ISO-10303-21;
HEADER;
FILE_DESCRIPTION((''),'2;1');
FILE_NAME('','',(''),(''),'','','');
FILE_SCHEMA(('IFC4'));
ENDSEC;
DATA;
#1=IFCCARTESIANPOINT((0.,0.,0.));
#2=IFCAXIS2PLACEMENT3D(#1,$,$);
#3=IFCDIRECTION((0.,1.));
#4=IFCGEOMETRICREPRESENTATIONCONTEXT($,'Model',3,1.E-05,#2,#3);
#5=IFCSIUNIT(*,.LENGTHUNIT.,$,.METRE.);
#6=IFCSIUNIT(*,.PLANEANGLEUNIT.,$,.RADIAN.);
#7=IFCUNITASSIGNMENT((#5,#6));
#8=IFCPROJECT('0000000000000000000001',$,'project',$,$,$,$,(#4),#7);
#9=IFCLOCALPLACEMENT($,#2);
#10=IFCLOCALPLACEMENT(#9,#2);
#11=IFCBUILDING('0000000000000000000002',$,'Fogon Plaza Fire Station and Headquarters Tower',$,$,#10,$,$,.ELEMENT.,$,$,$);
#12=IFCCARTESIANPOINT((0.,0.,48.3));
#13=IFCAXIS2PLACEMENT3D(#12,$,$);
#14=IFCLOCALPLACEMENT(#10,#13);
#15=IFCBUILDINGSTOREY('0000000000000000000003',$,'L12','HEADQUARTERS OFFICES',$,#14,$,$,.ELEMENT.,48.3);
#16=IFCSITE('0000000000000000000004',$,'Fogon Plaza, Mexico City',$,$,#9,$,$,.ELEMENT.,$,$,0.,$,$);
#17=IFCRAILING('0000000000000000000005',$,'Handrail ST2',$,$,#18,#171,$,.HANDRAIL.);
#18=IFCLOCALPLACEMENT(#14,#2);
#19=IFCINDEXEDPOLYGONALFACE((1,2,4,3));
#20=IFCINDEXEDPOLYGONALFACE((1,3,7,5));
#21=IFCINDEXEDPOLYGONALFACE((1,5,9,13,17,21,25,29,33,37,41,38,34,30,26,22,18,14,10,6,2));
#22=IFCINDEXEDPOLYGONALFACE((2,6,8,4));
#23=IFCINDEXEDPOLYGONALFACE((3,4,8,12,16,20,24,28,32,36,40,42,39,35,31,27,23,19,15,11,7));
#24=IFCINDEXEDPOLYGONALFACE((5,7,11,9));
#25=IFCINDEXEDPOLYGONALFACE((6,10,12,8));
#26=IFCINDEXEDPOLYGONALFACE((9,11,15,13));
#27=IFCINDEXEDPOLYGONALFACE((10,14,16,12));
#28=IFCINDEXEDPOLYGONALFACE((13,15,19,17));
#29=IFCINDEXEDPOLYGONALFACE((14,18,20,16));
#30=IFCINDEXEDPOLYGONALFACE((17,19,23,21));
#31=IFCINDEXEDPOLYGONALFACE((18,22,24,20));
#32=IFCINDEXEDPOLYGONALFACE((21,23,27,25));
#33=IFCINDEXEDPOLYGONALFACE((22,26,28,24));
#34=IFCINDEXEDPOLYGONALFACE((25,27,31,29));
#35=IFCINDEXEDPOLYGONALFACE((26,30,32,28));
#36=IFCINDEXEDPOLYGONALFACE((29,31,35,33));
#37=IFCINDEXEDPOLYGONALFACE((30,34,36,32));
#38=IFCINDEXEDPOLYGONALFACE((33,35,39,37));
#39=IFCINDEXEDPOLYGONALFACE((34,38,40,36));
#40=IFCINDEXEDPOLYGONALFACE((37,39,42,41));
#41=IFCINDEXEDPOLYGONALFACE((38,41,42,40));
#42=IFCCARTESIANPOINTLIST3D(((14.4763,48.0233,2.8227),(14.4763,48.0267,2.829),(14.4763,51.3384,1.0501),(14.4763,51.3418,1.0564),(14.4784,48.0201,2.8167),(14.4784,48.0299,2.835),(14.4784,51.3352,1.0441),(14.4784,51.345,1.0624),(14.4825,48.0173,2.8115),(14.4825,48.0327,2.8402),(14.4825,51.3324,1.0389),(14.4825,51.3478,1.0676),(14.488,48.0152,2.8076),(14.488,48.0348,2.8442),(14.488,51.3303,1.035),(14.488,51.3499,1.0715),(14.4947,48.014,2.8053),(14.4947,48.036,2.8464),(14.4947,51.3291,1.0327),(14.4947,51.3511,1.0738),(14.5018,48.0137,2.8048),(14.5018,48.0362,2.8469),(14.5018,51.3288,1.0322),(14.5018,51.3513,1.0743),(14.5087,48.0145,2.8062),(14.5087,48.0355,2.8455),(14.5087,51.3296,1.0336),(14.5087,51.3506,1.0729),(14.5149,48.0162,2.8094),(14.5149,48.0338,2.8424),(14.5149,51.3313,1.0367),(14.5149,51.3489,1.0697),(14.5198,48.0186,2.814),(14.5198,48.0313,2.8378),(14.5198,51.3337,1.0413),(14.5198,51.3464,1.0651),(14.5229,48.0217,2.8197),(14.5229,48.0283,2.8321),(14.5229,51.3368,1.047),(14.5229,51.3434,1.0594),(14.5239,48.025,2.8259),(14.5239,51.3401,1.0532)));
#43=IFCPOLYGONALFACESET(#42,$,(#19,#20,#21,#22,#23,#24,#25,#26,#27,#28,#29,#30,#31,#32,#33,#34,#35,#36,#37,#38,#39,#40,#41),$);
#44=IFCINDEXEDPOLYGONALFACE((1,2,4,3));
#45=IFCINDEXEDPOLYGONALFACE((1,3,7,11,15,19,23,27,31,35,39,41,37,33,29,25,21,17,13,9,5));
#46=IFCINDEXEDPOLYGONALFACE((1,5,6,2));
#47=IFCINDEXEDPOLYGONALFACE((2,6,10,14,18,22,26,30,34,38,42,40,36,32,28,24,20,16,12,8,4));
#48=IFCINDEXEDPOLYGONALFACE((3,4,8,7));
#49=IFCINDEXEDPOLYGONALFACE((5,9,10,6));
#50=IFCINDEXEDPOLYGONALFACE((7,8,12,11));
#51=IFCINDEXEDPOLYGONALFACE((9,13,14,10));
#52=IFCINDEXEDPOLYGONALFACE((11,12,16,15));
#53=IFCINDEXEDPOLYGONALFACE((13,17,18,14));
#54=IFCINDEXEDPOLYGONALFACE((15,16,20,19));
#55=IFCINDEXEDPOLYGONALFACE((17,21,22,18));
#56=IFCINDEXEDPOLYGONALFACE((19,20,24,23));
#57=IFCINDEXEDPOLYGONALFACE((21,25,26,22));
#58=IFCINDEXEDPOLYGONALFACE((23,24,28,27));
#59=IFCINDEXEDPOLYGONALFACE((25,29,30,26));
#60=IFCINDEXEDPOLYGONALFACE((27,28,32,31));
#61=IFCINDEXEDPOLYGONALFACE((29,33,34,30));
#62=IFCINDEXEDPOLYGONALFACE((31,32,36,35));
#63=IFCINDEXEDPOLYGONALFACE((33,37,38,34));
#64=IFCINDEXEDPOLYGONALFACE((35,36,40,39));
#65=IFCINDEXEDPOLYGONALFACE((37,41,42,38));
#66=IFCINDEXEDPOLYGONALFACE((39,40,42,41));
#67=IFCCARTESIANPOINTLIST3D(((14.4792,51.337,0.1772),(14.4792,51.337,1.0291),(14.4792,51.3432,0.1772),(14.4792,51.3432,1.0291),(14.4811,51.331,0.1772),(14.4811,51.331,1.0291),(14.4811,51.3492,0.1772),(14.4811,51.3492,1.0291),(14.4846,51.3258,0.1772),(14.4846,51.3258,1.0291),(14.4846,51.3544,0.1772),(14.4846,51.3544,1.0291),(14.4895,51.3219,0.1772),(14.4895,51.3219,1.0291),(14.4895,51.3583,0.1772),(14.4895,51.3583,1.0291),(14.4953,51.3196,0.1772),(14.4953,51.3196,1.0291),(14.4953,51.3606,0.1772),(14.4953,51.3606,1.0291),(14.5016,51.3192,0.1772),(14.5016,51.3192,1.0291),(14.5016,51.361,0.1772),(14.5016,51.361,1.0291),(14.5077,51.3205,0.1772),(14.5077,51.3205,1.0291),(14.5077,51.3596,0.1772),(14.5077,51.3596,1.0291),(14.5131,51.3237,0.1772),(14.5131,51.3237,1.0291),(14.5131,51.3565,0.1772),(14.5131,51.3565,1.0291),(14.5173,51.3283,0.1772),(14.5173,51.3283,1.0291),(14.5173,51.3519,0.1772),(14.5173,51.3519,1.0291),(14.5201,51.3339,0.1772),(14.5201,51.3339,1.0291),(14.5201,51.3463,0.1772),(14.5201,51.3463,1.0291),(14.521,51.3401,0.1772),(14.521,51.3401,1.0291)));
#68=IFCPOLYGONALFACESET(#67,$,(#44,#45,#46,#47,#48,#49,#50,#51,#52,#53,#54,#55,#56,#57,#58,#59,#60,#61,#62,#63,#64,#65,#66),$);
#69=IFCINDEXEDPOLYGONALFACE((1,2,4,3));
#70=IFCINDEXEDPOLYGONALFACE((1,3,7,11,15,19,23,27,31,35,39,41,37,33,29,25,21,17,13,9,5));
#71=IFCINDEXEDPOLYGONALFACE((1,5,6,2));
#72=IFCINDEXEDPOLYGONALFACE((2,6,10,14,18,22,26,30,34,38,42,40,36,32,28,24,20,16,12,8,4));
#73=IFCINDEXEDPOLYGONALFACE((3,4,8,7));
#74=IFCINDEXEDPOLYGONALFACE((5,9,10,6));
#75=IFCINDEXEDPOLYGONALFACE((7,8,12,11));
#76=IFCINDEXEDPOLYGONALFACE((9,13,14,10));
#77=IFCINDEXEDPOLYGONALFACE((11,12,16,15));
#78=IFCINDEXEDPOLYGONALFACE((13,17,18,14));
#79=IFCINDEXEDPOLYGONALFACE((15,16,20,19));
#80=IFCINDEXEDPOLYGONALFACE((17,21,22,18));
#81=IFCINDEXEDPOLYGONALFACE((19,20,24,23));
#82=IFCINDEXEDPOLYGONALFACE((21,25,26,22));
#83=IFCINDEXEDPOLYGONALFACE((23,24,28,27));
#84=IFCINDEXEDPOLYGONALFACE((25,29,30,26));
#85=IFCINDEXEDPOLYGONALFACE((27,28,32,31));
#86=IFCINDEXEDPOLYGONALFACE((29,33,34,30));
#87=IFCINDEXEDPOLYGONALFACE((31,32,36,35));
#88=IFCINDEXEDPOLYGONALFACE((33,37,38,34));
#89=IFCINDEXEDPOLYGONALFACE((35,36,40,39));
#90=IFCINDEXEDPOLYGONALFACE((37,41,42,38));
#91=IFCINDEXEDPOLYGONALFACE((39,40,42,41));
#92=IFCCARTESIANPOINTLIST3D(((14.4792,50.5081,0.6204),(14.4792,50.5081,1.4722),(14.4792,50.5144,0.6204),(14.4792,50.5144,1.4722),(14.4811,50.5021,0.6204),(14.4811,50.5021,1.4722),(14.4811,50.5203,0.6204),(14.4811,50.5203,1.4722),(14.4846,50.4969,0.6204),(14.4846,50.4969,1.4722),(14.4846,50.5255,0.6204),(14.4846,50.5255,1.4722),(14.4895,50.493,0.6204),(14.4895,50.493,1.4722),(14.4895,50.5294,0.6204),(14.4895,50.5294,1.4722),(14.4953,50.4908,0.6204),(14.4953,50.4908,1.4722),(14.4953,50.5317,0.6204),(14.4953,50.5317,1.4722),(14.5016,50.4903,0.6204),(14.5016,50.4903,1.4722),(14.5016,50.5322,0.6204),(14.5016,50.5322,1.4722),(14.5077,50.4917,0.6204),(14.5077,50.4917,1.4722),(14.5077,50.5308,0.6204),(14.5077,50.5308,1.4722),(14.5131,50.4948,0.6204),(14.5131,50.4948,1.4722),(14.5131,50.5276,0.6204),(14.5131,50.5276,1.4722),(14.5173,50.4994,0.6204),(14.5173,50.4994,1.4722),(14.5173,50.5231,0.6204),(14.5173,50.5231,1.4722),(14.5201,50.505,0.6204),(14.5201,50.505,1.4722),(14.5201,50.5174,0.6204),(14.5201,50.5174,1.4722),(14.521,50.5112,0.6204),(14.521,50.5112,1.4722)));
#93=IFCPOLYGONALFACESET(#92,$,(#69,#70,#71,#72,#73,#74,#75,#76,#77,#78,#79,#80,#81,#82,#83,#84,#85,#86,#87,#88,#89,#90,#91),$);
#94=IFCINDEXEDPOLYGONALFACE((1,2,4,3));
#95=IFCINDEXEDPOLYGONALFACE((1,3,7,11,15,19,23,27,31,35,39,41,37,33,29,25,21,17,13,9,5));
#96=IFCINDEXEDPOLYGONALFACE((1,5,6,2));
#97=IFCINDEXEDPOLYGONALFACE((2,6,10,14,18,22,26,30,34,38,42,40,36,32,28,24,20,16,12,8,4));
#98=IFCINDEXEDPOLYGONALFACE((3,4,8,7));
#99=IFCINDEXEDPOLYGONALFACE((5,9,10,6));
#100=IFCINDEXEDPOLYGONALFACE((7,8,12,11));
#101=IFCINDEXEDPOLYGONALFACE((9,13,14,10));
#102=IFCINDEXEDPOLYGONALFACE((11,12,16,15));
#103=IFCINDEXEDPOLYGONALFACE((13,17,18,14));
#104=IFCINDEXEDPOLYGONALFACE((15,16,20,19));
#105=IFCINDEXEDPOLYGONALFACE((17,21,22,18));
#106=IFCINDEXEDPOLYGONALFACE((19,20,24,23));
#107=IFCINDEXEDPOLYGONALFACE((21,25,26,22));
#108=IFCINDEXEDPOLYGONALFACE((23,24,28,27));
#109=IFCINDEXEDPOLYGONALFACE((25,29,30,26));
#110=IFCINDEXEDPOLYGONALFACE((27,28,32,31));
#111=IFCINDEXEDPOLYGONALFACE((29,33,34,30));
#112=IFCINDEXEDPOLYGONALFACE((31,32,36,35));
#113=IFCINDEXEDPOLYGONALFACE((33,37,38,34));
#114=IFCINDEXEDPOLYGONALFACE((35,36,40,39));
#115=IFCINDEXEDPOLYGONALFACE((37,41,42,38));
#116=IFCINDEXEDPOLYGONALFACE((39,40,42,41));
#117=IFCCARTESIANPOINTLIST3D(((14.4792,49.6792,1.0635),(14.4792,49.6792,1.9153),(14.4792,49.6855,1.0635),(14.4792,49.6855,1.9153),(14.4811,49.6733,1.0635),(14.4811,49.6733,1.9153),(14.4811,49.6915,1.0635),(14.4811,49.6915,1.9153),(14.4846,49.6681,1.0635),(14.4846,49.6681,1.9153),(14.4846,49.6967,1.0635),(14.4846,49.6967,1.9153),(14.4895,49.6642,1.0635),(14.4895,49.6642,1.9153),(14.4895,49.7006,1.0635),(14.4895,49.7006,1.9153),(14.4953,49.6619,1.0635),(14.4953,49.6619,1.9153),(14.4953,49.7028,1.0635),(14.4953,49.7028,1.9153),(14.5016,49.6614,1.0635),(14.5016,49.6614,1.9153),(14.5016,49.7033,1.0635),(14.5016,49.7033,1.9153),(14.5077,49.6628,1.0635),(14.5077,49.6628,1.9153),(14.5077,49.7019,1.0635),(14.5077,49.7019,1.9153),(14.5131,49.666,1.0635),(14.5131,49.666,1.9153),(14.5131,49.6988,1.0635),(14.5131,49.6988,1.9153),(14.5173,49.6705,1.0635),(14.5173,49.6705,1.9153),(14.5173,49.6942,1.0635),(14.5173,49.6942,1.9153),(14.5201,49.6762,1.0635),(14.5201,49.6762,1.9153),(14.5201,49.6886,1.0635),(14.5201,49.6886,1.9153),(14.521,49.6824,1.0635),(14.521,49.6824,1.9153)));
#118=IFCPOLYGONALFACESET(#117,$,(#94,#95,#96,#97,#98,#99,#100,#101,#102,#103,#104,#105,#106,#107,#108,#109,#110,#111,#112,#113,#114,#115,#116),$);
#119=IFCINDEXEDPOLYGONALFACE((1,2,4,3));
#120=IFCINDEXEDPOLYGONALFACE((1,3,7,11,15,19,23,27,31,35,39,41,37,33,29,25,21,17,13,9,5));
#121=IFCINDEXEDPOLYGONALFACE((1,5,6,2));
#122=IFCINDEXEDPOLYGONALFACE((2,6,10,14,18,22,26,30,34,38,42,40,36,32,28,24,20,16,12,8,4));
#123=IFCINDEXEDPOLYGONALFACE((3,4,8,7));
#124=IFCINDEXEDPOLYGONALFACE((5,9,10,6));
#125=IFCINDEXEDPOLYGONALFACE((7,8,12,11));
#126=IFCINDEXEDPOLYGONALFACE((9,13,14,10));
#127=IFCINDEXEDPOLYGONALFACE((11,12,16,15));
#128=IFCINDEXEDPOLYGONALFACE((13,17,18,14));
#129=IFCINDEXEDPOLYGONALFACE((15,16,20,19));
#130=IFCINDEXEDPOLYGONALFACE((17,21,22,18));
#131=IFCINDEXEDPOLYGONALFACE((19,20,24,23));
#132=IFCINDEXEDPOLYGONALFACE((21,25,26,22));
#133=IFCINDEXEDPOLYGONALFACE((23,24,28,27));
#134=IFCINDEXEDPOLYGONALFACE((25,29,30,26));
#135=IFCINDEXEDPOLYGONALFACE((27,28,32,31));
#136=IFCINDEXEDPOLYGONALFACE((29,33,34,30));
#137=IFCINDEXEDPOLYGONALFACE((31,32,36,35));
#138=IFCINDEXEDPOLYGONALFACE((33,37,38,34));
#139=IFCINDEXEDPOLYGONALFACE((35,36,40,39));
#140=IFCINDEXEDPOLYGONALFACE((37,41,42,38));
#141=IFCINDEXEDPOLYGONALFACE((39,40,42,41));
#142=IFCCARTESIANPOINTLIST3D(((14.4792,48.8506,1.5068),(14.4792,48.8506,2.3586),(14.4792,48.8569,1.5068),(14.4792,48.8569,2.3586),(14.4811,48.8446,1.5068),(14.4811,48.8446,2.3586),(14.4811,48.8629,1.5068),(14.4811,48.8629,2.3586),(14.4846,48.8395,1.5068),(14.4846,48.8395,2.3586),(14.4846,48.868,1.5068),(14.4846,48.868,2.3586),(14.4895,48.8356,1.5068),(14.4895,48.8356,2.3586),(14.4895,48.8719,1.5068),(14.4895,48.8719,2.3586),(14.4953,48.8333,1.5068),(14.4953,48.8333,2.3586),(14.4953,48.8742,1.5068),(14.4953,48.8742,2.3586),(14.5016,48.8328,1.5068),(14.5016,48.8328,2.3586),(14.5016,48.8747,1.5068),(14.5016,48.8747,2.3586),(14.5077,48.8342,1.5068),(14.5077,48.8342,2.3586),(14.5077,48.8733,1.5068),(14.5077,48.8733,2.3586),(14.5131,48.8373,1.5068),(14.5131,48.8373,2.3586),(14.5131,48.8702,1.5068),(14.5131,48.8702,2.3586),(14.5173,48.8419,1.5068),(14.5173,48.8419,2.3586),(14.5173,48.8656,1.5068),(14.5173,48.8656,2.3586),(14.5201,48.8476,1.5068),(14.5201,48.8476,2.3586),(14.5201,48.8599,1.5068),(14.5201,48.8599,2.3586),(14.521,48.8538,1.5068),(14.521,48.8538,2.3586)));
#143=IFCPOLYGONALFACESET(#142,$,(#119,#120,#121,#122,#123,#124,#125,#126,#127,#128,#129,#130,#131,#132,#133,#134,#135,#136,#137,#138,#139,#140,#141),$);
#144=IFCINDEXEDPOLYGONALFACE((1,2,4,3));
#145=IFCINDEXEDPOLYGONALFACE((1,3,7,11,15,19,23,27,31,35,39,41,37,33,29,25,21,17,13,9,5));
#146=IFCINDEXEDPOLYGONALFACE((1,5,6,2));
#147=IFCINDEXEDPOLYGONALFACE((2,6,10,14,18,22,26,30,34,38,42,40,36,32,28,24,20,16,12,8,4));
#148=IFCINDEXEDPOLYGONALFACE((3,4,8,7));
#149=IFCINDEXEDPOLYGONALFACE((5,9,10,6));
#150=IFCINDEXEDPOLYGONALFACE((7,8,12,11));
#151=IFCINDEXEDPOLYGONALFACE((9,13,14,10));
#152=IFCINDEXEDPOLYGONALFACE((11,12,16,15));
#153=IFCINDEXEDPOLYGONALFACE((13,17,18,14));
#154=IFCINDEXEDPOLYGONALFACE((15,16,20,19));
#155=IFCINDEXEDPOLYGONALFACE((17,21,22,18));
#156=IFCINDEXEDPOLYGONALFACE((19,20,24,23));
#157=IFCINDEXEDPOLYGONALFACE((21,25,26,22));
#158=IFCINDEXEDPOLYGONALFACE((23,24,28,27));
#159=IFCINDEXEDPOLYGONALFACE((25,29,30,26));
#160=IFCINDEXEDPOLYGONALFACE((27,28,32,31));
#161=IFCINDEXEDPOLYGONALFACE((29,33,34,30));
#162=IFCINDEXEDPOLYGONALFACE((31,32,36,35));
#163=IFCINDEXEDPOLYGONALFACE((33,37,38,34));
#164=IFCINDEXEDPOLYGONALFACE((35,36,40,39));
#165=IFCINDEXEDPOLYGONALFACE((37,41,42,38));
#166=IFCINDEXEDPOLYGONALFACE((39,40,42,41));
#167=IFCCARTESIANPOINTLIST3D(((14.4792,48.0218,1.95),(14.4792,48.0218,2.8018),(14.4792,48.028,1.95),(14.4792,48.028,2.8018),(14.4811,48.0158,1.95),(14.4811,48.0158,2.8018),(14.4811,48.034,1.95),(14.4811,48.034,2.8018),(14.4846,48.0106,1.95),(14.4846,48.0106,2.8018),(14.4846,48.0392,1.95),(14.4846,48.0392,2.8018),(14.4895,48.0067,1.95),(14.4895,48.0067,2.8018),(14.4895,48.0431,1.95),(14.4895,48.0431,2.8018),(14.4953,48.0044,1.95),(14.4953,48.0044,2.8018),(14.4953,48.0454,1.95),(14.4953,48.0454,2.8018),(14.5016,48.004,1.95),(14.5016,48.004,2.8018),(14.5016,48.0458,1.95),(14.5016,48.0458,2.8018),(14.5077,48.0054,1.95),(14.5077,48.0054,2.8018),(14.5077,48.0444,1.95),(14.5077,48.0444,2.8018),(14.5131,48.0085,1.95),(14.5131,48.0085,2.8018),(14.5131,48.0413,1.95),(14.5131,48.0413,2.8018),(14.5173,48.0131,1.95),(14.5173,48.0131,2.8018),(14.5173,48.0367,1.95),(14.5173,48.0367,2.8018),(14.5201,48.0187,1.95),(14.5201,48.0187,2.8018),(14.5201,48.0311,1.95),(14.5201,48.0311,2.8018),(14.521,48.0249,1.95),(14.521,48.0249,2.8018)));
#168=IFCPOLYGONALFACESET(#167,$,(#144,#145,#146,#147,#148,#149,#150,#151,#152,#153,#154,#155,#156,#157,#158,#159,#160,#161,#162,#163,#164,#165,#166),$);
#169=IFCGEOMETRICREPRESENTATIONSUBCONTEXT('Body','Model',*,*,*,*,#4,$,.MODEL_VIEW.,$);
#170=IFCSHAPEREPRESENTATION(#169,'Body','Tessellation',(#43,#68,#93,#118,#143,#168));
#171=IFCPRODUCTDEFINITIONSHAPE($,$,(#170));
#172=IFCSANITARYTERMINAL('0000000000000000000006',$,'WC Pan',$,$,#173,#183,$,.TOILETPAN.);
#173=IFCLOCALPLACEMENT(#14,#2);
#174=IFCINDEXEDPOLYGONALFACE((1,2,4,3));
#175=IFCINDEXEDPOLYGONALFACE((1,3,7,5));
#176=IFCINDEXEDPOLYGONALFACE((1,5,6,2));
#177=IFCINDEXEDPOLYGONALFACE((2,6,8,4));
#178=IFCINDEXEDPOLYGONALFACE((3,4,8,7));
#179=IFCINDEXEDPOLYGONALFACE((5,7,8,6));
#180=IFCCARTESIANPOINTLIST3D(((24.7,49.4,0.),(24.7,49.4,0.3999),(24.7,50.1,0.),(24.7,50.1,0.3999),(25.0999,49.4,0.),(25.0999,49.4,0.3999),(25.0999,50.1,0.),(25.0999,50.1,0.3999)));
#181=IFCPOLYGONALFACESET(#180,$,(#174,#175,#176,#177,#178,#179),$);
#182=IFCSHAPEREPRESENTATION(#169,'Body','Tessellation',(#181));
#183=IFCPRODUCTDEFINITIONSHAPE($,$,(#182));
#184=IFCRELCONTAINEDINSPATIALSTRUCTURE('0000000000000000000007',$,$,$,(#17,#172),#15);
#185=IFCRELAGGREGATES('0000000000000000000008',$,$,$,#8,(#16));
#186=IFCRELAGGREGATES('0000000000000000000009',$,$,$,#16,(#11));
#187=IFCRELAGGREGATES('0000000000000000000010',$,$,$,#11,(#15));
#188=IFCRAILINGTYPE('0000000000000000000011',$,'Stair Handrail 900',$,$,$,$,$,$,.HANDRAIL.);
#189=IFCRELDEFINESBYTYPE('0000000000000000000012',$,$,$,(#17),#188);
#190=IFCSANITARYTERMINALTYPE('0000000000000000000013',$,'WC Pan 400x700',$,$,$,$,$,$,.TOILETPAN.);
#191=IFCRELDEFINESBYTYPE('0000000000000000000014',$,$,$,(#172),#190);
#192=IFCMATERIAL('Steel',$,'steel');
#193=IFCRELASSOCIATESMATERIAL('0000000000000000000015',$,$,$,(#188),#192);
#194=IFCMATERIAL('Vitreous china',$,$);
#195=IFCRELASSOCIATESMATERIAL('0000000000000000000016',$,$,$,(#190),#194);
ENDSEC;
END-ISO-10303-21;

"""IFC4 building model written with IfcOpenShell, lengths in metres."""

from ifc_helpers import new_model, si_unit, direction, frame, origin, origin_2d, place, context, subcontext, project, spatial, rectangle, circle, extrude, material, type_object, element, save


model = new_model("IFC4")

# Units and contexts
model_context = context("Model", 3, precision=1e-05, world=origin(), true_north=direction((0.0, 1.0)))
body_context = subcontext(model_context, "Body", "Model", "MODEL_VIEW")
ifc_project = project(units=[si_unit("LENGTHUNIT", "METRE"), si_unit("PLANEANGLEUNIT", "RADIAN")], contexts=[model_context])

# Site, building, storey
site_placement = place(None, origin())
site = spatial("IfcSite", under=ifc_project, at=site_placement, Name="Fogon Plaza, Mexico City", CompositionType="ELEMENT", RefElevation=0.0)
building_placement = place(site_placement, origin())
building = spatial("IfcBuilding", under=site, at=building_placement, Name="Fogon Plaza Fire Station and Headquarters Tower", CompositionType="ELEMENT")
storey_placement = place(building_placement, frame((0.0, 0.0, 48.3)))
storey = spatial("IfcBuildingStorey", under=building, at=storey_placement, Name="L12", Description="HEADQUARTERS OFFICES", CompositionType="ELEMENT", Elevation=48.3)

# Railing
ifc_material_1 = material(Name="Steel", Category="steel")
railing_type = type_object("IfcRailingType", Name="Stair Handrail 900", PredefinedType="HANDRAIL", material=ifc_material_1)
for number, where, name in (
    (1, (14.5, 51.3401, 0.1772), "Handrail ST2"),
):
    element("IfcRailing", number, at=place(storey_placement, frame(where)), inside=storey, type_object=railing_type, Name=name, PredefinedType="HANDRAIL", context=body_context, shape_type="SweptSolid", body=[
        extrude(circle(Radius=0.0239, at=origin_2d()), frame((0.0, 0.0, 0.876), z_axis=(0.0, -0.881844, 0.471542), x_axis=(1.0, 0.0, 0.0)), (0.0, 0.0, 1.0), 3.7593),
        extrude(circle(Radius=0.021, at=origin_2d()), origin(), (0.0, 0.0, 1.0), 0.8518),
        extrude(circle(Radius=0.021, at=origin_2d()), frame((0.0, -0.8289, 0.4431)), (0.0, 0.0, 1.0), 0.8518),
        extrude(circle(Radius=0.021, at=origin_2d()), frame((0.0, -1.6577, 0.8862)), (0.0, 0.0, 1.0), 0.8518),
        extrude(circle(Radius=0.021, at=origin_2d()), frame((0.0, -2.4863, 1.3296)), (0.0, 0.0, 1.0), 0.8518),
        extrude(circle(Radius=0.021, at=origin_2d()), frame((0.0, -3.3152, 1.7727)), (0.0, 0.0, 1.0), 0.8518),
    ])

# Sanitary terminal
ifc_material_2 = material(Name="Vitreous china")
sanitary_terminal_type = type_object("IfcSanitaryTerminalType", Name="WC Pan 400x700", PredefinedType="TOILETPAN", material=ifc_material_2)
sanitary_terminal_placement = place(storey_placement, frame((24.8999, 49.75, 0.0), z_axis=(0.0, 0.0, 1.0), x_axis=(1.0, 0.0, 0.0)))
element("IfcSanitaryTerminal", 2, at=sanitary_terminal_placement, inside=storey, type_object=sanitary_terminal_type, Name="WC Pan", PredefinedType="TOILETPAN", context=body_context, shape_type="SweptSolid", body=[
    extrude(rectangle(XDim=0.3999, YDim=0.7, at=origin_2d()), origin(), (0.0, 0.0, 1.0), 0.3999),
])

save(model, "model.ifc")
